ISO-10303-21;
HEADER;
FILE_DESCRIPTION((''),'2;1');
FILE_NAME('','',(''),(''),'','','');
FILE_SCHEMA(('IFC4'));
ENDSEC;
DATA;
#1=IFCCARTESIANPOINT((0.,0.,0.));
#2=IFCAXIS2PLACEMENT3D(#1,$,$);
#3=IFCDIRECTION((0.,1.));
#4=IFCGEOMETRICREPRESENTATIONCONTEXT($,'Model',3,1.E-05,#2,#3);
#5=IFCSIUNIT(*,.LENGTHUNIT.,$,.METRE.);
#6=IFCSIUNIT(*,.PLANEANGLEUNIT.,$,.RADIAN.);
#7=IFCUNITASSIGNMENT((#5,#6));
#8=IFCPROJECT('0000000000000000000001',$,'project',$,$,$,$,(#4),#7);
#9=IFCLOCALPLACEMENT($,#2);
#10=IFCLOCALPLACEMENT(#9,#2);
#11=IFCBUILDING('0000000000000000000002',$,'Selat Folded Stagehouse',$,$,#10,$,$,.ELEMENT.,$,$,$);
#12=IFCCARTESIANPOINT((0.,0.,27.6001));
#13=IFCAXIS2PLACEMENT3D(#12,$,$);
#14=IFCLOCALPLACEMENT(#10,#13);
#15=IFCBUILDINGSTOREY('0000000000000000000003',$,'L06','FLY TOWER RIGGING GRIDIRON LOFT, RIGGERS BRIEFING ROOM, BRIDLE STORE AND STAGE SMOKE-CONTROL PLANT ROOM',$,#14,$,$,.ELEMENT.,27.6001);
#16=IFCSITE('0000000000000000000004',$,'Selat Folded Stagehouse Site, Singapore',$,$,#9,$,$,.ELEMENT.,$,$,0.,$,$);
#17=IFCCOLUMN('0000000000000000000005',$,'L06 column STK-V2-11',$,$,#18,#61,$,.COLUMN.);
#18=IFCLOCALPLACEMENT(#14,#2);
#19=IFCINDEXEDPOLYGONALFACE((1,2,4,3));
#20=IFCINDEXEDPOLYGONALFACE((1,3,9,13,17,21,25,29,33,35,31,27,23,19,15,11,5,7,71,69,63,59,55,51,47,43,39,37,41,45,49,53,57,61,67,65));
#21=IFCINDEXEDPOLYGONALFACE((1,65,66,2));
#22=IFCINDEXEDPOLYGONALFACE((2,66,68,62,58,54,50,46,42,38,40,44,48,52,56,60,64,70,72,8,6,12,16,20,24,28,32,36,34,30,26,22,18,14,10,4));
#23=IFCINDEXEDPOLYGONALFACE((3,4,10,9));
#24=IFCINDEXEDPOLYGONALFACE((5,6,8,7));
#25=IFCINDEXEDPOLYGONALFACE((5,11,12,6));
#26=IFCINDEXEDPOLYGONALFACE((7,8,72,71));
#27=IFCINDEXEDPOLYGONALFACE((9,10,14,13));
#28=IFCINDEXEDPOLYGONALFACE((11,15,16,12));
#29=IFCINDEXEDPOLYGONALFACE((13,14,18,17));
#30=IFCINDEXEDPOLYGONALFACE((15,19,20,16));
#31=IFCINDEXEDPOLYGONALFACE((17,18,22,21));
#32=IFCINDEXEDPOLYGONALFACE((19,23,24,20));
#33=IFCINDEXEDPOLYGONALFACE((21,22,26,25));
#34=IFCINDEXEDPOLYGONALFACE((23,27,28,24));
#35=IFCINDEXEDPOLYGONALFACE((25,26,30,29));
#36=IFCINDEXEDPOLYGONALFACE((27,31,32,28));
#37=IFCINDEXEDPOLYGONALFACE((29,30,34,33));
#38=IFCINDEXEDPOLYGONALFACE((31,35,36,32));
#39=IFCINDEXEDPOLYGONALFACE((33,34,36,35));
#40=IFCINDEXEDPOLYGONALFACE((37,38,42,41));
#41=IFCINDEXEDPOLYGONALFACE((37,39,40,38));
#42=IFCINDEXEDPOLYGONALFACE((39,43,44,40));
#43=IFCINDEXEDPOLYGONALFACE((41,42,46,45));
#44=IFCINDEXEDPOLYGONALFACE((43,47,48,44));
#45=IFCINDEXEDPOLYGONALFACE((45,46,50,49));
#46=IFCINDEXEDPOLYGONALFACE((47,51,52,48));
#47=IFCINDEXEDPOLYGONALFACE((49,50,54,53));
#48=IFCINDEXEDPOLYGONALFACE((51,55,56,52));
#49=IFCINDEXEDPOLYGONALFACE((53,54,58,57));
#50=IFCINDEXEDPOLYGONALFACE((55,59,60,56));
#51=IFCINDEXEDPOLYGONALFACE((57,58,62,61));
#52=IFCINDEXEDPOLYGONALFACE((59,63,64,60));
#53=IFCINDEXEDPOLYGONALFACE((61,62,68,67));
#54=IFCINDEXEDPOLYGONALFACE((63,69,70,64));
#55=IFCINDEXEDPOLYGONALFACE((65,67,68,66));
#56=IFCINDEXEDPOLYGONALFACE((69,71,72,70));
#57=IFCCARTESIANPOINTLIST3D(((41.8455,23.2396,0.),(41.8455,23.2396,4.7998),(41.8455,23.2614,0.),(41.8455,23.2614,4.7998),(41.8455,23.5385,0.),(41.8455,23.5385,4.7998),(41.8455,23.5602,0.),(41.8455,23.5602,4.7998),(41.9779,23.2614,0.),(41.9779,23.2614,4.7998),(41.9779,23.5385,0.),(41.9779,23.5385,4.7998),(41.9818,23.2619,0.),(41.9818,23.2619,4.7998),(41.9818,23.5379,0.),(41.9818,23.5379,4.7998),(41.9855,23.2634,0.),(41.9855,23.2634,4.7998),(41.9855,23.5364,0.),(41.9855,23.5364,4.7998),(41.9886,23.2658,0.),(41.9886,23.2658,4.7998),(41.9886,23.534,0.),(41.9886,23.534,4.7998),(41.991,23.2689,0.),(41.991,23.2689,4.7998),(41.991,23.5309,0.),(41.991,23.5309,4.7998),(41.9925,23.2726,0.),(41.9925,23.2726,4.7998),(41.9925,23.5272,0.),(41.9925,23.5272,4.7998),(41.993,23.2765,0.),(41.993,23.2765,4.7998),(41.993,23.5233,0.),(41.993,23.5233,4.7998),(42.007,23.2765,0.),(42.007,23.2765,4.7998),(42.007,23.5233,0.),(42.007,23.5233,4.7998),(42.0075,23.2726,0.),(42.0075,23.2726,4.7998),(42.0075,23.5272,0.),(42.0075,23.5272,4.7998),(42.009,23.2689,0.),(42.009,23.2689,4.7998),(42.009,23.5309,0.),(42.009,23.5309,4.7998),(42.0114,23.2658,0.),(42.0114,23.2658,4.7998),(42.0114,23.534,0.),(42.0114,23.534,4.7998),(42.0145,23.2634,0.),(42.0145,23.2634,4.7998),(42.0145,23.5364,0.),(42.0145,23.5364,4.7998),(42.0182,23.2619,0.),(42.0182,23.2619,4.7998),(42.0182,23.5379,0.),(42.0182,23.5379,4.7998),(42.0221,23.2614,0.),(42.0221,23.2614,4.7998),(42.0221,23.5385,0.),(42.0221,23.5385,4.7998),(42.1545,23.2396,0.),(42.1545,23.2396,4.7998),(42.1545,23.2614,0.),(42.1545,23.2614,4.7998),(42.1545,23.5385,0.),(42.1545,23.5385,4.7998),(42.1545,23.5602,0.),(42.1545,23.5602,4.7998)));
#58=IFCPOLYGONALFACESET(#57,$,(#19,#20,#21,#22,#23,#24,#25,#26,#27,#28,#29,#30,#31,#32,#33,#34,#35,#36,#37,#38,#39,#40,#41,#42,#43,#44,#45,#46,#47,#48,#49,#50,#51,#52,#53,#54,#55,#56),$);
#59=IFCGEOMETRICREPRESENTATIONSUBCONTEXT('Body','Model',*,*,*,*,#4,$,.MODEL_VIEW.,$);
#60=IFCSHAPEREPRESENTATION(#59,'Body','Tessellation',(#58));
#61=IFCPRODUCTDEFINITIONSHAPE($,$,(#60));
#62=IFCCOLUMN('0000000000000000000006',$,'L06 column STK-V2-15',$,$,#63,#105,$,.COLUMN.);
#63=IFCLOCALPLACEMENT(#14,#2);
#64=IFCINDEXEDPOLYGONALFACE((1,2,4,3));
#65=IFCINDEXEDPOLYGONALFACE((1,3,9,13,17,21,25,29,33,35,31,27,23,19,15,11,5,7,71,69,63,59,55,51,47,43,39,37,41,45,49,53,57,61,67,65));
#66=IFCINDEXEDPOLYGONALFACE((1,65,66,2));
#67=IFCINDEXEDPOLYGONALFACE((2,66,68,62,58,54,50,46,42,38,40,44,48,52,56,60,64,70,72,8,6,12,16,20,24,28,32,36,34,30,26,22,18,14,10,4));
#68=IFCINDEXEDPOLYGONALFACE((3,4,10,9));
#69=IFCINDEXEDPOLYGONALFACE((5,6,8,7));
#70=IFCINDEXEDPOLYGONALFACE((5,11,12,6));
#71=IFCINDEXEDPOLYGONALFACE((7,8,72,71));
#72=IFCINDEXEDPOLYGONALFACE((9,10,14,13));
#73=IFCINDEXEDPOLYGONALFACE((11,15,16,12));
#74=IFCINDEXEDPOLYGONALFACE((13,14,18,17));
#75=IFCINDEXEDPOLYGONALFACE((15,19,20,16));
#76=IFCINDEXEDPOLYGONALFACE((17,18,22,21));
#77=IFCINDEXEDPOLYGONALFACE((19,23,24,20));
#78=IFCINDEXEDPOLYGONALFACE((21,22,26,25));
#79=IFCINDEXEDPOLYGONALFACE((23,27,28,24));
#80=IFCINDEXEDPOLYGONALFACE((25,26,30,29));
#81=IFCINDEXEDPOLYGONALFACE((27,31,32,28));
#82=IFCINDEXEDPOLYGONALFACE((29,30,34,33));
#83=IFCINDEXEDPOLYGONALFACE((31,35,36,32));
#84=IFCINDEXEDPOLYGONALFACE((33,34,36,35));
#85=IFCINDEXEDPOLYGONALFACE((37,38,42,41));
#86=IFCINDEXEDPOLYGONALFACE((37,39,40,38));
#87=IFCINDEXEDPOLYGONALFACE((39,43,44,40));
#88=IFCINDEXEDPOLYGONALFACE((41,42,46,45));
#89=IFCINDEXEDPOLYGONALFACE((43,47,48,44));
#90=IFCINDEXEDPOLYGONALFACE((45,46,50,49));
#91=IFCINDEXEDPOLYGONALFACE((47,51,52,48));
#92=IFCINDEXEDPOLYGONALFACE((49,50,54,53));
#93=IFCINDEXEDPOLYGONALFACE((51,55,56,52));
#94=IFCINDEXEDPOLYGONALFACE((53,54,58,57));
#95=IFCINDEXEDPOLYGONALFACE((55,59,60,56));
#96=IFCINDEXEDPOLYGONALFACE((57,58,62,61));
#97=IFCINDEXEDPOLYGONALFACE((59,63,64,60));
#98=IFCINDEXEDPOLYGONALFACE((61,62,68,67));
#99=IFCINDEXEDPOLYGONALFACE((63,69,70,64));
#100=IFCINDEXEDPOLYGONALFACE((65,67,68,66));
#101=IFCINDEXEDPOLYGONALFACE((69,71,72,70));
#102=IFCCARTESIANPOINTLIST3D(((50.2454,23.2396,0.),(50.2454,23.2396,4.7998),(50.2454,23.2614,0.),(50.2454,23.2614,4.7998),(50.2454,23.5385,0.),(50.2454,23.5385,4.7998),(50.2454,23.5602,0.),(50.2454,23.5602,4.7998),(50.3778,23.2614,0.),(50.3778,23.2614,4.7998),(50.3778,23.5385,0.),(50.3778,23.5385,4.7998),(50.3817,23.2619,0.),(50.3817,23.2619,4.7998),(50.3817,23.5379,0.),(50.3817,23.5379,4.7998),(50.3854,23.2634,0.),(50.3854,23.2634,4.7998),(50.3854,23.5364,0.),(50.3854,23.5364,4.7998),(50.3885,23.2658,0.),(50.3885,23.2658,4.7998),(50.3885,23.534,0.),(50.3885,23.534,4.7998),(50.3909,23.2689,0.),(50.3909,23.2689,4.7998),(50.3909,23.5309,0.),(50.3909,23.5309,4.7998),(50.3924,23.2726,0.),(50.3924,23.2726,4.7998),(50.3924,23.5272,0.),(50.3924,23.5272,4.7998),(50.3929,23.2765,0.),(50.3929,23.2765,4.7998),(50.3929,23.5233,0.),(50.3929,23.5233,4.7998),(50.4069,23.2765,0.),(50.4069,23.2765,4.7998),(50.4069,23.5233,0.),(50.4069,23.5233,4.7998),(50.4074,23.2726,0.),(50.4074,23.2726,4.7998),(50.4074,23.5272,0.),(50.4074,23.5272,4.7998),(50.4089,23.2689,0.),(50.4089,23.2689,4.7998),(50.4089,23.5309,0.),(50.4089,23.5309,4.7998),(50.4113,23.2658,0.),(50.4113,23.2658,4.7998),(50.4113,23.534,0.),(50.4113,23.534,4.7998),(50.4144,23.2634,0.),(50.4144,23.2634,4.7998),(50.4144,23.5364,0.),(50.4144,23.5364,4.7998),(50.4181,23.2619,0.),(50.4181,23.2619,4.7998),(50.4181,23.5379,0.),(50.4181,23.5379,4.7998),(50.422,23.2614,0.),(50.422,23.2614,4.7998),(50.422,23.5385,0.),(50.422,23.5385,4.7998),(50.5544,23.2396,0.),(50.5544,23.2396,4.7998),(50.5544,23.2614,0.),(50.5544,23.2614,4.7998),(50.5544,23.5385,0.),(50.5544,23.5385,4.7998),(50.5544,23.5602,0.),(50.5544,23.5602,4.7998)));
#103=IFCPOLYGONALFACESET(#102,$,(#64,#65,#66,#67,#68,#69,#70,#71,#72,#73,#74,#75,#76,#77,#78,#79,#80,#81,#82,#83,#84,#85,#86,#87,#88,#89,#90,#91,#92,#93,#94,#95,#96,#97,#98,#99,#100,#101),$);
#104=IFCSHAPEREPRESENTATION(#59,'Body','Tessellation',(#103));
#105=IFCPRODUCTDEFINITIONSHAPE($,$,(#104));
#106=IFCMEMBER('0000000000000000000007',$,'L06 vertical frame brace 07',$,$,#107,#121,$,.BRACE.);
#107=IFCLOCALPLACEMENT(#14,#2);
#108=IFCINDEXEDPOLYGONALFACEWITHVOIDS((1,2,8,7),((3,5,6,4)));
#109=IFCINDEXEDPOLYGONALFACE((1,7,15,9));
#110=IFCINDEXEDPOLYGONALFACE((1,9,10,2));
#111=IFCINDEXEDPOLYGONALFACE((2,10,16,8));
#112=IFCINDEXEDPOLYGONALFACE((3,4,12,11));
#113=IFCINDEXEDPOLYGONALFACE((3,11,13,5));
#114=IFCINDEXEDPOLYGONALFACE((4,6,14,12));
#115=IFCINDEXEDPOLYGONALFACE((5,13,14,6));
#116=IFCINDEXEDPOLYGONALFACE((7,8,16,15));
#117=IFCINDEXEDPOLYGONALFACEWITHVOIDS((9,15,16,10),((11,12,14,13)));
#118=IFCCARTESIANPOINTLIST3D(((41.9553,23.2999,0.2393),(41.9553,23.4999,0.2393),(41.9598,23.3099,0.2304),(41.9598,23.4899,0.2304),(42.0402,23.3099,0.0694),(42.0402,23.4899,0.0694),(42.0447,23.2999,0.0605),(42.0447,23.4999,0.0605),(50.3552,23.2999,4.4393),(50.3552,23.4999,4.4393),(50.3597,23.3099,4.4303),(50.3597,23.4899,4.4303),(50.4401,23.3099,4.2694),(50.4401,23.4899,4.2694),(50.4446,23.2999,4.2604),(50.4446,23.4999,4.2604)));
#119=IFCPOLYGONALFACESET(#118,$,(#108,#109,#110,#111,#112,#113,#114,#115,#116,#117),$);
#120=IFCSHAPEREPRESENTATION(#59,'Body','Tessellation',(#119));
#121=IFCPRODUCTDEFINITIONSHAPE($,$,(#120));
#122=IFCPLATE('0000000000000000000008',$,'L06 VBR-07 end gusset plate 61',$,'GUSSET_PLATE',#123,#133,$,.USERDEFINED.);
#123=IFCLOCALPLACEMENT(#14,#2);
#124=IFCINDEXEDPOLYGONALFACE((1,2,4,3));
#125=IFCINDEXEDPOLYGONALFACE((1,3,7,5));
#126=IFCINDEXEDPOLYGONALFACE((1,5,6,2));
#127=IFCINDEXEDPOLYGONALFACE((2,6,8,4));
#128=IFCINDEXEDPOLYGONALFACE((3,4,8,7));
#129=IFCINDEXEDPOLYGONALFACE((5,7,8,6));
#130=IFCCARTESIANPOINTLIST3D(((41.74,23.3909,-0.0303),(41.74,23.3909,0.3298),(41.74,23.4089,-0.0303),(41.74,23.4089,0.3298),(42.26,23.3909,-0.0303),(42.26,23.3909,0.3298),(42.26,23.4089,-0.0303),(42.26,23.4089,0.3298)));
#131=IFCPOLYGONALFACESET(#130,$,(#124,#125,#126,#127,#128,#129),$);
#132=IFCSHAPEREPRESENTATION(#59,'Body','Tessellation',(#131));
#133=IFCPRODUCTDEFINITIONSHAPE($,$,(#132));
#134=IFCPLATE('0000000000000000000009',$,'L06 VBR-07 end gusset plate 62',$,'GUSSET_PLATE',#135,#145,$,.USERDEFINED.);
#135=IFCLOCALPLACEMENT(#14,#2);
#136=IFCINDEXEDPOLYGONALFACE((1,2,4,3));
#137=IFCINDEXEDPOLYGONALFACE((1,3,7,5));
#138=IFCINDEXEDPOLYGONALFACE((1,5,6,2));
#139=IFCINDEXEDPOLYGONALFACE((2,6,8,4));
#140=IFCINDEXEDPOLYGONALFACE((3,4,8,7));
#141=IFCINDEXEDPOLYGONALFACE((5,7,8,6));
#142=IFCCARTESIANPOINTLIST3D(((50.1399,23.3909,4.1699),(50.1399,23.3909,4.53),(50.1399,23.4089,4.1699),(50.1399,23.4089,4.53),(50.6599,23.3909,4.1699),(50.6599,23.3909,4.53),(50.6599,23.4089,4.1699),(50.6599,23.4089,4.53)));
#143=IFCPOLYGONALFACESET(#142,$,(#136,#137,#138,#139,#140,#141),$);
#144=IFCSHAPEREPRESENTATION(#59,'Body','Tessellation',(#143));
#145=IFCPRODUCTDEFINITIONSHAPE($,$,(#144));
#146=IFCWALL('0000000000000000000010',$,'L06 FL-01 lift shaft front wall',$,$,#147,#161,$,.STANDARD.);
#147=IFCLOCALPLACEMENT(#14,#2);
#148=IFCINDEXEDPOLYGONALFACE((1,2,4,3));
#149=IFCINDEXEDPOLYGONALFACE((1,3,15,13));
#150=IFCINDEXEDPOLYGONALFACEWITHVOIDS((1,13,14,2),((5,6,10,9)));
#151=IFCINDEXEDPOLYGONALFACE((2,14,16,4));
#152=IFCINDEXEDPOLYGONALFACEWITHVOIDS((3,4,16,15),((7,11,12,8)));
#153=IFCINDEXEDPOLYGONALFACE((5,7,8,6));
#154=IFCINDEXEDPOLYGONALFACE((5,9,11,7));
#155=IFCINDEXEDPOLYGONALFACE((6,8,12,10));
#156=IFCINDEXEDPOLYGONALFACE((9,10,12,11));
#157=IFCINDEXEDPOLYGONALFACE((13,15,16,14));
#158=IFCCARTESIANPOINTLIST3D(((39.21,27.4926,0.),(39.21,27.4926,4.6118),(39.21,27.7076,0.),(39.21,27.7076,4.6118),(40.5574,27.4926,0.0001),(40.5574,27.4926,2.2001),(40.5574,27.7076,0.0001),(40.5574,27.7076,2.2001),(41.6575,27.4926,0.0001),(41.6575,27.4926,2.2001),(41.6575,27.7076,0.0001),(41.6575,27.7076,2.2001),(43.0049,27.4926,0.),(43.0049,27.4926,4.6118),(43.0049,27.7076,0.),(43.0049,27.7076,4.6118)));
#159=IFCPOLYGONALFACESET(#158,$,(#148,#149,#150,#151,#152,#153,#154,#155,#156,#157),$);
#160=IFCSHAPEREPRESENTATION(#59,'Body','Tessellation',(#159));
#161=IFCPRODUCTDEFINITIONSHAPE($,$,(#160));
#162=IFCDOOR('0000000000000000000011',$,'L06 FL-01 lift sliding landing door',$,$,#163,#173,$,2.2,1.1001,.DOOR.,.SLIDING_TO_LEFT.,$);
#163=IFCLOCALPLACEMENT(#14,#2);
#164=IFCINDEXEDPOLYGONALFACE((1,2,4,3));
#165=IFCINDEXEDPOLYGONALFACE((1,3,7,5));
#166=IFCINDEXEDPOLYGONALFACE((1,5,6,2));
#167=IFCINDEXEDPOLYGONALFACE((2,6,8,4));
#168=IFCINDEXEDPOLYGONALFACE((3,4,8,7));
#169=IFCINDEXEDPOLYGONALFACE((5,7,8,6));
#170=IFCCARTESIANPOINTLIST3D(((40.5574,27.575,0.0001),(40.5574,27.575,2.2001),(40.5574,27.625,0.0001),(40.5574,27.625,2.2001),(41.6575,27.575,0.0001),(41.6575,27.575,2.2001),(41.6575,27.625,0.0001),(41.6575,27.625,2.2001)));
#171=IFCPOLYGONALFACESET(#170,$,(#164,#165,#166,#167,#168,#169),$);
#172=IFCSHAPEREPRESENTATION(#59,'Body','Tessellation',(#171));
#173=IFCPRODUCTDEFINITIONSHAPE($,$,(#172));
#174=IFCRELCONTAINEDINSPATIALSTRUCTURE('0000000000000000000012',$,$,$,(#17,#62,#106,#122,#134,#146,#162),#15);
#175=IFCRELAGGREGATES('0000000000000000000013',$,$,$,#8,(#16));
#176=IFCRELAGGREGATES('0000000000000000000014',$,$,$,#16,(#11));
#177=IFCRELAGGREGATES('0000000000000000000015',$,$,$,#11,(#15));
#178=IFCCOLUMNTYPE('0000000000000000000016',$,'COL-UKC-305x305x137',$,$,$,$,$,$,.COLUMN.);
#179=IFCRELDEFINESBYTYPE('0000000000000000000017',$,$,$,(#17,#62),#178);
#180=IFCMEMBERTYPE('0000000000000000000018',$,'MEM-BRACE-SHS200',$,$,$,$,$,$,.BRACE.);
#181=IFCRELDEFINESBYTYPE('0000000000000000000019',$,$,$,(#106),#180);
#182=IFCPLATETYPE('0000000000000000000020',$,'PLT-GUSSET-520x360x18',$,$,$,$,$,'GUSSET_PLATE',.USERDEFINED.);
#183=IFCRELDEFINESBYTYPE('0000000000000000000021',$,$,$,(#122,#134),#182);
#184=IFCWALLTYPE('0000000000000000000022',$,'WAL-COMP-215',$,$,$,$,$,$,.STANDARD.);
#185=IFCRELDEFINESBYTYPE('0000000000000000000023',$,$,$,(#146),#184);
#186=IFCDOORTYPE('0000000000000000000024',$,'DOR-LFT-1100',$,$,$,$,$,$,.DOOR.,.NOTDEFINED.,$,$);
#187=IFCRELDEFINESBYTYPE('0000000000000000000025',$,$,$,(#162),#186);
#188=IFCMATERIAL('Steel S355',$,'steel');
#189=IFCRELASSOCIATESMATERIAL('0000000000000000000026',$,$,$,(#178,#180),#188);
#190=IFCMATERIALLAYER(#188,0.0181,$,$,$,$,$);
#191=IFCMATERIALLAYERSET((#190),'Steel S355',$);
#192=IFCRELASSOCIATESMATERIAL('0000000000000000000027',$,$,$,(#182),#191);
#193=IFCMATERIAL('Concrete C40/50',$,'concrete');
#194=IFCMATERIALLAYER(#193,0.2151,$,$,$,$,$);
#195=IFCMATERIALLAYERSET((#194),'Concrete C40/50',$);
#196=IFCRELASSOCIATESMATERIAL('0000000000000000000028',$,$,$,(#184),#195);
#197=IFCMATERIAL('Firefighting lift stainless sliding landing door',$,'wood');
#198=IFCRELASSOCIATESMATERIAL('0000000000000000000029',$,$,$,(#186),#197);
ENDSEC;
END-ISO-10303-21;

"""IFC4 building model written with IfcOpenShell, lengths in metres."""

from ifc_helpers import new_model, si_unit, direction, frame, frame_2d, origin, origin_2d, place, context, subcontext, project, spatial, rectangle, hollow_rectangle, i_section, extrude, material, layer, layer_set, material_profile, profile_set, type_object, element, fill, save


model = new_model("IFC4")

# Units and contexts
model_context = context("Model", 3, precision=1e-05, world=origin(), true_north=direction((0.0, 1.0)))
body_context = subcontext(model_context, "Body", "Model", "MODEL_VIEW")
ifc_project = project(units=[si_unit("LENGTHUNIT", "METRE"), si_unit("PLANEANGLEUNIT", "RADIAN")], contexts=[model_context])

# Site, building, storey
site_placement = place(None, origin())
site = spatial("IfcSite", under=ifc_project, at=site_placement, Name="Selat Folded Stagehouse Site, Singapore", CompositionType="ELEMENT", RefElevation=0.0)
building_placement = place(site_placement, origin())
building = spatial("IfcBuilding", under=site, at=building_placement, Name="Selat Folded Stagehouse", CompositionType="ELEMENT")
storey_placement = place(building_placement, frame((0.0, 0.0, 27.6001)))
storey = spatial("IfcBuildingStorey", under=building, at=storey_placement, Name="L06", Description="FLY TOWER RIGGING GRIDIRON LOFT, RIGGERS BRIEFING ROOM, BRIDLE STORE AND STAGE SMOKE-CONTROL PLANT ROOM", CompositionType="ELEMENT", Elevation=27.6001)

# Columns
ifc_material_1 = material(Name="Steel S355", Category="steel")
ifc_material_profile_1 = material_profile(ifc_material_1, i_section(OverallWidth=0.3091, OverallDepth=0.3206, WebThickness=0.0139, FlangeThickness=0.0217, FilletRadius=0.0151, at=origin_2d()), Name="UKC 305x305x137")
ifc_profile_set_1 = profile_set([ifc_material_profile_1], Name="Steel S355")
column_type = type_object("IfcColumnType", Name="COL-UKC-305x305x137", PredefinedType="COLUMN", material=ifc_profile_set_1)
for number, where, z_axis, x_axis, name in (
    (1, (42.0, 23.3999, 0.0), (0.0, 0.0, 1.0), (1.0, 0.0, 0.0), "L06 column STK-V2-11"),
    (2, (50.3999, 23.3999, 0.0), (0.0, 0.0, 1.0), (1.0, 0.0, 0.0), "L06 column STK-V2-15"),
):
    element("IfcColumn", number, at=place(storey_placement, frame(where, z_axis=z_axis, x_axis=x_axis)), inside=storey, type_object=column_type, Name=name, PredefinedType="COLUMN", context=body_context, shape_type="SweptSolid", body=[
        extrude(i_section(OverallWidth=0.3091, OverallDepth=0.3206, WebThickness=0.0139, FlangeThickness=0.0217, FilletRadius=0.0151, at=origin_2d()), origin(), (0.0, 0.0, 1.0), 4.7998),
    ])

# Member
ifc_material_profile_2 = material_profile(ifc_material_1, hollow_rectangle(XDim=0.2, YDim=0.2, WallThickness=0.01, at=origin_2d()), Name="SHS 200x200x10.0")
ifc_profile_set_2 = profile_set([ifc_material_profile_2], Name="Steel S355")
member_type = type_object("IfcMemberType", Name="MEM-BRACE-SHS200", PredefinedType="BRACE", material=ifc_profile_set_2)
member_placement = place(storey_placement, frame((42.0, 23.3999, 0.1499), z_axis=(0.894427, 0.0, 0.447214), x_axis=(0.0, 1.0, 0.0)))
element("IfcMember", 3, at=member_placement, inside=storey, type_object=member_type, Name="L06 vertical frame brace 07", PredefinedType="BRACE", context=body_context, shape_type="SweptSolid", body=[
    extrude(hollow_rectangle(XDim=0.2, YDim=0.2, WallThickness=0.01, at=origin_2d()), origin(), (0.0, 0.0, 1.0), 9.3914),
])

# Plates
ifc_layer_1 = layer(ifc_material_1, 0.0181)
ifc_layer_set_1 = layer_set([ifc_layer_1], Name="Steel S355")
plate_type = type_object("IfcPlateType", Name="PLT-GUSSET-520x360x18", ElementType="GUSSET_PLATE", PredefinedType="USERDEFINED", material=ifc_layer_set_1)
for number, where, z_axis, x_axis, name in (
    (4, (42.0, 23.3999, -0.0303), (0.0, 0.0, 1.0), (1.0, 0.0, 0.0), "L06 VBR-07 end gusset plate 61"),
    (5, (50.3999, 23.3999, 4.1699), (0.0, 0.0, 1.0), (1.0, 0.0, 0.0), "L06 VBR-07 end gusset plate 62"),
):
    element("IfcPlate", number, at=place(storey_placement, frame(where, z_axis=z_axis, x_axis=x_axis)), inside=storey, type_object=plate_type, Name=name, ObjectType="GUSSET_PLATE", PredefinedType="USERDEFINED", context=body_context, shape_type="SweptSolid", body=[
        extrude(rectangle(XDim=0.52, YDim=0.0181, at=origin_2d()), origin(), (0.0, 0.0, 1.0), 0.3601),
    ])

# Wall, opening, door
ifc_material_2 = material(Name="Concrete C40/50", Category="concrete")
ifc_layer_2 = layer(ifc_material_2, 0.2151)
ifc_layer_set_2 = layer_set([ifc_layer_2], Name="Concrete C40/50")
wall_type_1 = type_object("IfcWallType", Name="WAL-COMP-215", PredefinedType="STANDARD", material=ifc_layer_set_2)
wall_1_placement = place(storey_placement, frame((39.21, 27.6001, 0.0), z_axis=(0.0, 0.0, 1.0), x_axis=(1.0, 0.0, 0.0)))
wall_1 = element("IfcWall", 6, at=wall_1_placement, inside=storey, type_object=wall_type_1, Name="L06 FL-01 lift shaft front wall", PredefinedType="STANDARD", context=body_context, shape_type="SweptSolid", body=[
    extrude(rectangle(XDim=3.7949, YDim=0.2151, at=frame_2d((1.8975, 0.0))), origin(), (0.0, 0.0, 1.0), 4.6118),
])
opening_1_placement = place(wall_1_placement, frame((1.3474, 0.0, 0.0)))
opening_1 = element("IfcOpeningElement", 7, at=opening_1_placement, cuts=wall_1, PredefinedType="OPENING", context=body_context, shape_type="SweptSolid", body=[
    extrude(rectangle(XDim=1.1001, YDim=2.2, at=frame_2d((0.55, 1.1001))), frame((0.0, 0.1174, 0.0), z_axis=(0.0, -1.0, 0.0), x_axis=(1.0, 0.0, 0.0)), (0.0, 0.0, 1.0), 0.2351),
])
ifc_material_3 = material(Name="Firefighting lift stainless sliding landing door", Category="wood")
door_type_1 = type_object("IfcDoorType", Name="DOR-LFT-1100", OperationType="NOTDEFINED", PredefinedType="DOOR", material=ifc_material_3)
door_1_placement = place(opening_1_placement, origin())
door_1 = element("IfcDoor", 8, at=door_1_placement, inside=storey, type_object=door_type_1, Name="L06 FL-01 lift sliding landing door", OperationType="SLIDING_TO_LEFT", OverallHeight=2.2, OverallWidth=1.1001, PredefinedType="DOOR", context=body_context, shape_type="SweptSolid", body=[
    extrude(rectangle(XDim=1.1001, YDim=2.2, at=frame_2d((0.55, 1.1001))), frame((0.0, 0.0249, 0.0), z_axis=(0.0, -1.0, 0.0), x_axis=(1.0, 0.0, 0.0)), (0.0, 0.0, 1.0), 0.05),
])
fill(opening_1, door_1)

save(model, "model.ifc")
